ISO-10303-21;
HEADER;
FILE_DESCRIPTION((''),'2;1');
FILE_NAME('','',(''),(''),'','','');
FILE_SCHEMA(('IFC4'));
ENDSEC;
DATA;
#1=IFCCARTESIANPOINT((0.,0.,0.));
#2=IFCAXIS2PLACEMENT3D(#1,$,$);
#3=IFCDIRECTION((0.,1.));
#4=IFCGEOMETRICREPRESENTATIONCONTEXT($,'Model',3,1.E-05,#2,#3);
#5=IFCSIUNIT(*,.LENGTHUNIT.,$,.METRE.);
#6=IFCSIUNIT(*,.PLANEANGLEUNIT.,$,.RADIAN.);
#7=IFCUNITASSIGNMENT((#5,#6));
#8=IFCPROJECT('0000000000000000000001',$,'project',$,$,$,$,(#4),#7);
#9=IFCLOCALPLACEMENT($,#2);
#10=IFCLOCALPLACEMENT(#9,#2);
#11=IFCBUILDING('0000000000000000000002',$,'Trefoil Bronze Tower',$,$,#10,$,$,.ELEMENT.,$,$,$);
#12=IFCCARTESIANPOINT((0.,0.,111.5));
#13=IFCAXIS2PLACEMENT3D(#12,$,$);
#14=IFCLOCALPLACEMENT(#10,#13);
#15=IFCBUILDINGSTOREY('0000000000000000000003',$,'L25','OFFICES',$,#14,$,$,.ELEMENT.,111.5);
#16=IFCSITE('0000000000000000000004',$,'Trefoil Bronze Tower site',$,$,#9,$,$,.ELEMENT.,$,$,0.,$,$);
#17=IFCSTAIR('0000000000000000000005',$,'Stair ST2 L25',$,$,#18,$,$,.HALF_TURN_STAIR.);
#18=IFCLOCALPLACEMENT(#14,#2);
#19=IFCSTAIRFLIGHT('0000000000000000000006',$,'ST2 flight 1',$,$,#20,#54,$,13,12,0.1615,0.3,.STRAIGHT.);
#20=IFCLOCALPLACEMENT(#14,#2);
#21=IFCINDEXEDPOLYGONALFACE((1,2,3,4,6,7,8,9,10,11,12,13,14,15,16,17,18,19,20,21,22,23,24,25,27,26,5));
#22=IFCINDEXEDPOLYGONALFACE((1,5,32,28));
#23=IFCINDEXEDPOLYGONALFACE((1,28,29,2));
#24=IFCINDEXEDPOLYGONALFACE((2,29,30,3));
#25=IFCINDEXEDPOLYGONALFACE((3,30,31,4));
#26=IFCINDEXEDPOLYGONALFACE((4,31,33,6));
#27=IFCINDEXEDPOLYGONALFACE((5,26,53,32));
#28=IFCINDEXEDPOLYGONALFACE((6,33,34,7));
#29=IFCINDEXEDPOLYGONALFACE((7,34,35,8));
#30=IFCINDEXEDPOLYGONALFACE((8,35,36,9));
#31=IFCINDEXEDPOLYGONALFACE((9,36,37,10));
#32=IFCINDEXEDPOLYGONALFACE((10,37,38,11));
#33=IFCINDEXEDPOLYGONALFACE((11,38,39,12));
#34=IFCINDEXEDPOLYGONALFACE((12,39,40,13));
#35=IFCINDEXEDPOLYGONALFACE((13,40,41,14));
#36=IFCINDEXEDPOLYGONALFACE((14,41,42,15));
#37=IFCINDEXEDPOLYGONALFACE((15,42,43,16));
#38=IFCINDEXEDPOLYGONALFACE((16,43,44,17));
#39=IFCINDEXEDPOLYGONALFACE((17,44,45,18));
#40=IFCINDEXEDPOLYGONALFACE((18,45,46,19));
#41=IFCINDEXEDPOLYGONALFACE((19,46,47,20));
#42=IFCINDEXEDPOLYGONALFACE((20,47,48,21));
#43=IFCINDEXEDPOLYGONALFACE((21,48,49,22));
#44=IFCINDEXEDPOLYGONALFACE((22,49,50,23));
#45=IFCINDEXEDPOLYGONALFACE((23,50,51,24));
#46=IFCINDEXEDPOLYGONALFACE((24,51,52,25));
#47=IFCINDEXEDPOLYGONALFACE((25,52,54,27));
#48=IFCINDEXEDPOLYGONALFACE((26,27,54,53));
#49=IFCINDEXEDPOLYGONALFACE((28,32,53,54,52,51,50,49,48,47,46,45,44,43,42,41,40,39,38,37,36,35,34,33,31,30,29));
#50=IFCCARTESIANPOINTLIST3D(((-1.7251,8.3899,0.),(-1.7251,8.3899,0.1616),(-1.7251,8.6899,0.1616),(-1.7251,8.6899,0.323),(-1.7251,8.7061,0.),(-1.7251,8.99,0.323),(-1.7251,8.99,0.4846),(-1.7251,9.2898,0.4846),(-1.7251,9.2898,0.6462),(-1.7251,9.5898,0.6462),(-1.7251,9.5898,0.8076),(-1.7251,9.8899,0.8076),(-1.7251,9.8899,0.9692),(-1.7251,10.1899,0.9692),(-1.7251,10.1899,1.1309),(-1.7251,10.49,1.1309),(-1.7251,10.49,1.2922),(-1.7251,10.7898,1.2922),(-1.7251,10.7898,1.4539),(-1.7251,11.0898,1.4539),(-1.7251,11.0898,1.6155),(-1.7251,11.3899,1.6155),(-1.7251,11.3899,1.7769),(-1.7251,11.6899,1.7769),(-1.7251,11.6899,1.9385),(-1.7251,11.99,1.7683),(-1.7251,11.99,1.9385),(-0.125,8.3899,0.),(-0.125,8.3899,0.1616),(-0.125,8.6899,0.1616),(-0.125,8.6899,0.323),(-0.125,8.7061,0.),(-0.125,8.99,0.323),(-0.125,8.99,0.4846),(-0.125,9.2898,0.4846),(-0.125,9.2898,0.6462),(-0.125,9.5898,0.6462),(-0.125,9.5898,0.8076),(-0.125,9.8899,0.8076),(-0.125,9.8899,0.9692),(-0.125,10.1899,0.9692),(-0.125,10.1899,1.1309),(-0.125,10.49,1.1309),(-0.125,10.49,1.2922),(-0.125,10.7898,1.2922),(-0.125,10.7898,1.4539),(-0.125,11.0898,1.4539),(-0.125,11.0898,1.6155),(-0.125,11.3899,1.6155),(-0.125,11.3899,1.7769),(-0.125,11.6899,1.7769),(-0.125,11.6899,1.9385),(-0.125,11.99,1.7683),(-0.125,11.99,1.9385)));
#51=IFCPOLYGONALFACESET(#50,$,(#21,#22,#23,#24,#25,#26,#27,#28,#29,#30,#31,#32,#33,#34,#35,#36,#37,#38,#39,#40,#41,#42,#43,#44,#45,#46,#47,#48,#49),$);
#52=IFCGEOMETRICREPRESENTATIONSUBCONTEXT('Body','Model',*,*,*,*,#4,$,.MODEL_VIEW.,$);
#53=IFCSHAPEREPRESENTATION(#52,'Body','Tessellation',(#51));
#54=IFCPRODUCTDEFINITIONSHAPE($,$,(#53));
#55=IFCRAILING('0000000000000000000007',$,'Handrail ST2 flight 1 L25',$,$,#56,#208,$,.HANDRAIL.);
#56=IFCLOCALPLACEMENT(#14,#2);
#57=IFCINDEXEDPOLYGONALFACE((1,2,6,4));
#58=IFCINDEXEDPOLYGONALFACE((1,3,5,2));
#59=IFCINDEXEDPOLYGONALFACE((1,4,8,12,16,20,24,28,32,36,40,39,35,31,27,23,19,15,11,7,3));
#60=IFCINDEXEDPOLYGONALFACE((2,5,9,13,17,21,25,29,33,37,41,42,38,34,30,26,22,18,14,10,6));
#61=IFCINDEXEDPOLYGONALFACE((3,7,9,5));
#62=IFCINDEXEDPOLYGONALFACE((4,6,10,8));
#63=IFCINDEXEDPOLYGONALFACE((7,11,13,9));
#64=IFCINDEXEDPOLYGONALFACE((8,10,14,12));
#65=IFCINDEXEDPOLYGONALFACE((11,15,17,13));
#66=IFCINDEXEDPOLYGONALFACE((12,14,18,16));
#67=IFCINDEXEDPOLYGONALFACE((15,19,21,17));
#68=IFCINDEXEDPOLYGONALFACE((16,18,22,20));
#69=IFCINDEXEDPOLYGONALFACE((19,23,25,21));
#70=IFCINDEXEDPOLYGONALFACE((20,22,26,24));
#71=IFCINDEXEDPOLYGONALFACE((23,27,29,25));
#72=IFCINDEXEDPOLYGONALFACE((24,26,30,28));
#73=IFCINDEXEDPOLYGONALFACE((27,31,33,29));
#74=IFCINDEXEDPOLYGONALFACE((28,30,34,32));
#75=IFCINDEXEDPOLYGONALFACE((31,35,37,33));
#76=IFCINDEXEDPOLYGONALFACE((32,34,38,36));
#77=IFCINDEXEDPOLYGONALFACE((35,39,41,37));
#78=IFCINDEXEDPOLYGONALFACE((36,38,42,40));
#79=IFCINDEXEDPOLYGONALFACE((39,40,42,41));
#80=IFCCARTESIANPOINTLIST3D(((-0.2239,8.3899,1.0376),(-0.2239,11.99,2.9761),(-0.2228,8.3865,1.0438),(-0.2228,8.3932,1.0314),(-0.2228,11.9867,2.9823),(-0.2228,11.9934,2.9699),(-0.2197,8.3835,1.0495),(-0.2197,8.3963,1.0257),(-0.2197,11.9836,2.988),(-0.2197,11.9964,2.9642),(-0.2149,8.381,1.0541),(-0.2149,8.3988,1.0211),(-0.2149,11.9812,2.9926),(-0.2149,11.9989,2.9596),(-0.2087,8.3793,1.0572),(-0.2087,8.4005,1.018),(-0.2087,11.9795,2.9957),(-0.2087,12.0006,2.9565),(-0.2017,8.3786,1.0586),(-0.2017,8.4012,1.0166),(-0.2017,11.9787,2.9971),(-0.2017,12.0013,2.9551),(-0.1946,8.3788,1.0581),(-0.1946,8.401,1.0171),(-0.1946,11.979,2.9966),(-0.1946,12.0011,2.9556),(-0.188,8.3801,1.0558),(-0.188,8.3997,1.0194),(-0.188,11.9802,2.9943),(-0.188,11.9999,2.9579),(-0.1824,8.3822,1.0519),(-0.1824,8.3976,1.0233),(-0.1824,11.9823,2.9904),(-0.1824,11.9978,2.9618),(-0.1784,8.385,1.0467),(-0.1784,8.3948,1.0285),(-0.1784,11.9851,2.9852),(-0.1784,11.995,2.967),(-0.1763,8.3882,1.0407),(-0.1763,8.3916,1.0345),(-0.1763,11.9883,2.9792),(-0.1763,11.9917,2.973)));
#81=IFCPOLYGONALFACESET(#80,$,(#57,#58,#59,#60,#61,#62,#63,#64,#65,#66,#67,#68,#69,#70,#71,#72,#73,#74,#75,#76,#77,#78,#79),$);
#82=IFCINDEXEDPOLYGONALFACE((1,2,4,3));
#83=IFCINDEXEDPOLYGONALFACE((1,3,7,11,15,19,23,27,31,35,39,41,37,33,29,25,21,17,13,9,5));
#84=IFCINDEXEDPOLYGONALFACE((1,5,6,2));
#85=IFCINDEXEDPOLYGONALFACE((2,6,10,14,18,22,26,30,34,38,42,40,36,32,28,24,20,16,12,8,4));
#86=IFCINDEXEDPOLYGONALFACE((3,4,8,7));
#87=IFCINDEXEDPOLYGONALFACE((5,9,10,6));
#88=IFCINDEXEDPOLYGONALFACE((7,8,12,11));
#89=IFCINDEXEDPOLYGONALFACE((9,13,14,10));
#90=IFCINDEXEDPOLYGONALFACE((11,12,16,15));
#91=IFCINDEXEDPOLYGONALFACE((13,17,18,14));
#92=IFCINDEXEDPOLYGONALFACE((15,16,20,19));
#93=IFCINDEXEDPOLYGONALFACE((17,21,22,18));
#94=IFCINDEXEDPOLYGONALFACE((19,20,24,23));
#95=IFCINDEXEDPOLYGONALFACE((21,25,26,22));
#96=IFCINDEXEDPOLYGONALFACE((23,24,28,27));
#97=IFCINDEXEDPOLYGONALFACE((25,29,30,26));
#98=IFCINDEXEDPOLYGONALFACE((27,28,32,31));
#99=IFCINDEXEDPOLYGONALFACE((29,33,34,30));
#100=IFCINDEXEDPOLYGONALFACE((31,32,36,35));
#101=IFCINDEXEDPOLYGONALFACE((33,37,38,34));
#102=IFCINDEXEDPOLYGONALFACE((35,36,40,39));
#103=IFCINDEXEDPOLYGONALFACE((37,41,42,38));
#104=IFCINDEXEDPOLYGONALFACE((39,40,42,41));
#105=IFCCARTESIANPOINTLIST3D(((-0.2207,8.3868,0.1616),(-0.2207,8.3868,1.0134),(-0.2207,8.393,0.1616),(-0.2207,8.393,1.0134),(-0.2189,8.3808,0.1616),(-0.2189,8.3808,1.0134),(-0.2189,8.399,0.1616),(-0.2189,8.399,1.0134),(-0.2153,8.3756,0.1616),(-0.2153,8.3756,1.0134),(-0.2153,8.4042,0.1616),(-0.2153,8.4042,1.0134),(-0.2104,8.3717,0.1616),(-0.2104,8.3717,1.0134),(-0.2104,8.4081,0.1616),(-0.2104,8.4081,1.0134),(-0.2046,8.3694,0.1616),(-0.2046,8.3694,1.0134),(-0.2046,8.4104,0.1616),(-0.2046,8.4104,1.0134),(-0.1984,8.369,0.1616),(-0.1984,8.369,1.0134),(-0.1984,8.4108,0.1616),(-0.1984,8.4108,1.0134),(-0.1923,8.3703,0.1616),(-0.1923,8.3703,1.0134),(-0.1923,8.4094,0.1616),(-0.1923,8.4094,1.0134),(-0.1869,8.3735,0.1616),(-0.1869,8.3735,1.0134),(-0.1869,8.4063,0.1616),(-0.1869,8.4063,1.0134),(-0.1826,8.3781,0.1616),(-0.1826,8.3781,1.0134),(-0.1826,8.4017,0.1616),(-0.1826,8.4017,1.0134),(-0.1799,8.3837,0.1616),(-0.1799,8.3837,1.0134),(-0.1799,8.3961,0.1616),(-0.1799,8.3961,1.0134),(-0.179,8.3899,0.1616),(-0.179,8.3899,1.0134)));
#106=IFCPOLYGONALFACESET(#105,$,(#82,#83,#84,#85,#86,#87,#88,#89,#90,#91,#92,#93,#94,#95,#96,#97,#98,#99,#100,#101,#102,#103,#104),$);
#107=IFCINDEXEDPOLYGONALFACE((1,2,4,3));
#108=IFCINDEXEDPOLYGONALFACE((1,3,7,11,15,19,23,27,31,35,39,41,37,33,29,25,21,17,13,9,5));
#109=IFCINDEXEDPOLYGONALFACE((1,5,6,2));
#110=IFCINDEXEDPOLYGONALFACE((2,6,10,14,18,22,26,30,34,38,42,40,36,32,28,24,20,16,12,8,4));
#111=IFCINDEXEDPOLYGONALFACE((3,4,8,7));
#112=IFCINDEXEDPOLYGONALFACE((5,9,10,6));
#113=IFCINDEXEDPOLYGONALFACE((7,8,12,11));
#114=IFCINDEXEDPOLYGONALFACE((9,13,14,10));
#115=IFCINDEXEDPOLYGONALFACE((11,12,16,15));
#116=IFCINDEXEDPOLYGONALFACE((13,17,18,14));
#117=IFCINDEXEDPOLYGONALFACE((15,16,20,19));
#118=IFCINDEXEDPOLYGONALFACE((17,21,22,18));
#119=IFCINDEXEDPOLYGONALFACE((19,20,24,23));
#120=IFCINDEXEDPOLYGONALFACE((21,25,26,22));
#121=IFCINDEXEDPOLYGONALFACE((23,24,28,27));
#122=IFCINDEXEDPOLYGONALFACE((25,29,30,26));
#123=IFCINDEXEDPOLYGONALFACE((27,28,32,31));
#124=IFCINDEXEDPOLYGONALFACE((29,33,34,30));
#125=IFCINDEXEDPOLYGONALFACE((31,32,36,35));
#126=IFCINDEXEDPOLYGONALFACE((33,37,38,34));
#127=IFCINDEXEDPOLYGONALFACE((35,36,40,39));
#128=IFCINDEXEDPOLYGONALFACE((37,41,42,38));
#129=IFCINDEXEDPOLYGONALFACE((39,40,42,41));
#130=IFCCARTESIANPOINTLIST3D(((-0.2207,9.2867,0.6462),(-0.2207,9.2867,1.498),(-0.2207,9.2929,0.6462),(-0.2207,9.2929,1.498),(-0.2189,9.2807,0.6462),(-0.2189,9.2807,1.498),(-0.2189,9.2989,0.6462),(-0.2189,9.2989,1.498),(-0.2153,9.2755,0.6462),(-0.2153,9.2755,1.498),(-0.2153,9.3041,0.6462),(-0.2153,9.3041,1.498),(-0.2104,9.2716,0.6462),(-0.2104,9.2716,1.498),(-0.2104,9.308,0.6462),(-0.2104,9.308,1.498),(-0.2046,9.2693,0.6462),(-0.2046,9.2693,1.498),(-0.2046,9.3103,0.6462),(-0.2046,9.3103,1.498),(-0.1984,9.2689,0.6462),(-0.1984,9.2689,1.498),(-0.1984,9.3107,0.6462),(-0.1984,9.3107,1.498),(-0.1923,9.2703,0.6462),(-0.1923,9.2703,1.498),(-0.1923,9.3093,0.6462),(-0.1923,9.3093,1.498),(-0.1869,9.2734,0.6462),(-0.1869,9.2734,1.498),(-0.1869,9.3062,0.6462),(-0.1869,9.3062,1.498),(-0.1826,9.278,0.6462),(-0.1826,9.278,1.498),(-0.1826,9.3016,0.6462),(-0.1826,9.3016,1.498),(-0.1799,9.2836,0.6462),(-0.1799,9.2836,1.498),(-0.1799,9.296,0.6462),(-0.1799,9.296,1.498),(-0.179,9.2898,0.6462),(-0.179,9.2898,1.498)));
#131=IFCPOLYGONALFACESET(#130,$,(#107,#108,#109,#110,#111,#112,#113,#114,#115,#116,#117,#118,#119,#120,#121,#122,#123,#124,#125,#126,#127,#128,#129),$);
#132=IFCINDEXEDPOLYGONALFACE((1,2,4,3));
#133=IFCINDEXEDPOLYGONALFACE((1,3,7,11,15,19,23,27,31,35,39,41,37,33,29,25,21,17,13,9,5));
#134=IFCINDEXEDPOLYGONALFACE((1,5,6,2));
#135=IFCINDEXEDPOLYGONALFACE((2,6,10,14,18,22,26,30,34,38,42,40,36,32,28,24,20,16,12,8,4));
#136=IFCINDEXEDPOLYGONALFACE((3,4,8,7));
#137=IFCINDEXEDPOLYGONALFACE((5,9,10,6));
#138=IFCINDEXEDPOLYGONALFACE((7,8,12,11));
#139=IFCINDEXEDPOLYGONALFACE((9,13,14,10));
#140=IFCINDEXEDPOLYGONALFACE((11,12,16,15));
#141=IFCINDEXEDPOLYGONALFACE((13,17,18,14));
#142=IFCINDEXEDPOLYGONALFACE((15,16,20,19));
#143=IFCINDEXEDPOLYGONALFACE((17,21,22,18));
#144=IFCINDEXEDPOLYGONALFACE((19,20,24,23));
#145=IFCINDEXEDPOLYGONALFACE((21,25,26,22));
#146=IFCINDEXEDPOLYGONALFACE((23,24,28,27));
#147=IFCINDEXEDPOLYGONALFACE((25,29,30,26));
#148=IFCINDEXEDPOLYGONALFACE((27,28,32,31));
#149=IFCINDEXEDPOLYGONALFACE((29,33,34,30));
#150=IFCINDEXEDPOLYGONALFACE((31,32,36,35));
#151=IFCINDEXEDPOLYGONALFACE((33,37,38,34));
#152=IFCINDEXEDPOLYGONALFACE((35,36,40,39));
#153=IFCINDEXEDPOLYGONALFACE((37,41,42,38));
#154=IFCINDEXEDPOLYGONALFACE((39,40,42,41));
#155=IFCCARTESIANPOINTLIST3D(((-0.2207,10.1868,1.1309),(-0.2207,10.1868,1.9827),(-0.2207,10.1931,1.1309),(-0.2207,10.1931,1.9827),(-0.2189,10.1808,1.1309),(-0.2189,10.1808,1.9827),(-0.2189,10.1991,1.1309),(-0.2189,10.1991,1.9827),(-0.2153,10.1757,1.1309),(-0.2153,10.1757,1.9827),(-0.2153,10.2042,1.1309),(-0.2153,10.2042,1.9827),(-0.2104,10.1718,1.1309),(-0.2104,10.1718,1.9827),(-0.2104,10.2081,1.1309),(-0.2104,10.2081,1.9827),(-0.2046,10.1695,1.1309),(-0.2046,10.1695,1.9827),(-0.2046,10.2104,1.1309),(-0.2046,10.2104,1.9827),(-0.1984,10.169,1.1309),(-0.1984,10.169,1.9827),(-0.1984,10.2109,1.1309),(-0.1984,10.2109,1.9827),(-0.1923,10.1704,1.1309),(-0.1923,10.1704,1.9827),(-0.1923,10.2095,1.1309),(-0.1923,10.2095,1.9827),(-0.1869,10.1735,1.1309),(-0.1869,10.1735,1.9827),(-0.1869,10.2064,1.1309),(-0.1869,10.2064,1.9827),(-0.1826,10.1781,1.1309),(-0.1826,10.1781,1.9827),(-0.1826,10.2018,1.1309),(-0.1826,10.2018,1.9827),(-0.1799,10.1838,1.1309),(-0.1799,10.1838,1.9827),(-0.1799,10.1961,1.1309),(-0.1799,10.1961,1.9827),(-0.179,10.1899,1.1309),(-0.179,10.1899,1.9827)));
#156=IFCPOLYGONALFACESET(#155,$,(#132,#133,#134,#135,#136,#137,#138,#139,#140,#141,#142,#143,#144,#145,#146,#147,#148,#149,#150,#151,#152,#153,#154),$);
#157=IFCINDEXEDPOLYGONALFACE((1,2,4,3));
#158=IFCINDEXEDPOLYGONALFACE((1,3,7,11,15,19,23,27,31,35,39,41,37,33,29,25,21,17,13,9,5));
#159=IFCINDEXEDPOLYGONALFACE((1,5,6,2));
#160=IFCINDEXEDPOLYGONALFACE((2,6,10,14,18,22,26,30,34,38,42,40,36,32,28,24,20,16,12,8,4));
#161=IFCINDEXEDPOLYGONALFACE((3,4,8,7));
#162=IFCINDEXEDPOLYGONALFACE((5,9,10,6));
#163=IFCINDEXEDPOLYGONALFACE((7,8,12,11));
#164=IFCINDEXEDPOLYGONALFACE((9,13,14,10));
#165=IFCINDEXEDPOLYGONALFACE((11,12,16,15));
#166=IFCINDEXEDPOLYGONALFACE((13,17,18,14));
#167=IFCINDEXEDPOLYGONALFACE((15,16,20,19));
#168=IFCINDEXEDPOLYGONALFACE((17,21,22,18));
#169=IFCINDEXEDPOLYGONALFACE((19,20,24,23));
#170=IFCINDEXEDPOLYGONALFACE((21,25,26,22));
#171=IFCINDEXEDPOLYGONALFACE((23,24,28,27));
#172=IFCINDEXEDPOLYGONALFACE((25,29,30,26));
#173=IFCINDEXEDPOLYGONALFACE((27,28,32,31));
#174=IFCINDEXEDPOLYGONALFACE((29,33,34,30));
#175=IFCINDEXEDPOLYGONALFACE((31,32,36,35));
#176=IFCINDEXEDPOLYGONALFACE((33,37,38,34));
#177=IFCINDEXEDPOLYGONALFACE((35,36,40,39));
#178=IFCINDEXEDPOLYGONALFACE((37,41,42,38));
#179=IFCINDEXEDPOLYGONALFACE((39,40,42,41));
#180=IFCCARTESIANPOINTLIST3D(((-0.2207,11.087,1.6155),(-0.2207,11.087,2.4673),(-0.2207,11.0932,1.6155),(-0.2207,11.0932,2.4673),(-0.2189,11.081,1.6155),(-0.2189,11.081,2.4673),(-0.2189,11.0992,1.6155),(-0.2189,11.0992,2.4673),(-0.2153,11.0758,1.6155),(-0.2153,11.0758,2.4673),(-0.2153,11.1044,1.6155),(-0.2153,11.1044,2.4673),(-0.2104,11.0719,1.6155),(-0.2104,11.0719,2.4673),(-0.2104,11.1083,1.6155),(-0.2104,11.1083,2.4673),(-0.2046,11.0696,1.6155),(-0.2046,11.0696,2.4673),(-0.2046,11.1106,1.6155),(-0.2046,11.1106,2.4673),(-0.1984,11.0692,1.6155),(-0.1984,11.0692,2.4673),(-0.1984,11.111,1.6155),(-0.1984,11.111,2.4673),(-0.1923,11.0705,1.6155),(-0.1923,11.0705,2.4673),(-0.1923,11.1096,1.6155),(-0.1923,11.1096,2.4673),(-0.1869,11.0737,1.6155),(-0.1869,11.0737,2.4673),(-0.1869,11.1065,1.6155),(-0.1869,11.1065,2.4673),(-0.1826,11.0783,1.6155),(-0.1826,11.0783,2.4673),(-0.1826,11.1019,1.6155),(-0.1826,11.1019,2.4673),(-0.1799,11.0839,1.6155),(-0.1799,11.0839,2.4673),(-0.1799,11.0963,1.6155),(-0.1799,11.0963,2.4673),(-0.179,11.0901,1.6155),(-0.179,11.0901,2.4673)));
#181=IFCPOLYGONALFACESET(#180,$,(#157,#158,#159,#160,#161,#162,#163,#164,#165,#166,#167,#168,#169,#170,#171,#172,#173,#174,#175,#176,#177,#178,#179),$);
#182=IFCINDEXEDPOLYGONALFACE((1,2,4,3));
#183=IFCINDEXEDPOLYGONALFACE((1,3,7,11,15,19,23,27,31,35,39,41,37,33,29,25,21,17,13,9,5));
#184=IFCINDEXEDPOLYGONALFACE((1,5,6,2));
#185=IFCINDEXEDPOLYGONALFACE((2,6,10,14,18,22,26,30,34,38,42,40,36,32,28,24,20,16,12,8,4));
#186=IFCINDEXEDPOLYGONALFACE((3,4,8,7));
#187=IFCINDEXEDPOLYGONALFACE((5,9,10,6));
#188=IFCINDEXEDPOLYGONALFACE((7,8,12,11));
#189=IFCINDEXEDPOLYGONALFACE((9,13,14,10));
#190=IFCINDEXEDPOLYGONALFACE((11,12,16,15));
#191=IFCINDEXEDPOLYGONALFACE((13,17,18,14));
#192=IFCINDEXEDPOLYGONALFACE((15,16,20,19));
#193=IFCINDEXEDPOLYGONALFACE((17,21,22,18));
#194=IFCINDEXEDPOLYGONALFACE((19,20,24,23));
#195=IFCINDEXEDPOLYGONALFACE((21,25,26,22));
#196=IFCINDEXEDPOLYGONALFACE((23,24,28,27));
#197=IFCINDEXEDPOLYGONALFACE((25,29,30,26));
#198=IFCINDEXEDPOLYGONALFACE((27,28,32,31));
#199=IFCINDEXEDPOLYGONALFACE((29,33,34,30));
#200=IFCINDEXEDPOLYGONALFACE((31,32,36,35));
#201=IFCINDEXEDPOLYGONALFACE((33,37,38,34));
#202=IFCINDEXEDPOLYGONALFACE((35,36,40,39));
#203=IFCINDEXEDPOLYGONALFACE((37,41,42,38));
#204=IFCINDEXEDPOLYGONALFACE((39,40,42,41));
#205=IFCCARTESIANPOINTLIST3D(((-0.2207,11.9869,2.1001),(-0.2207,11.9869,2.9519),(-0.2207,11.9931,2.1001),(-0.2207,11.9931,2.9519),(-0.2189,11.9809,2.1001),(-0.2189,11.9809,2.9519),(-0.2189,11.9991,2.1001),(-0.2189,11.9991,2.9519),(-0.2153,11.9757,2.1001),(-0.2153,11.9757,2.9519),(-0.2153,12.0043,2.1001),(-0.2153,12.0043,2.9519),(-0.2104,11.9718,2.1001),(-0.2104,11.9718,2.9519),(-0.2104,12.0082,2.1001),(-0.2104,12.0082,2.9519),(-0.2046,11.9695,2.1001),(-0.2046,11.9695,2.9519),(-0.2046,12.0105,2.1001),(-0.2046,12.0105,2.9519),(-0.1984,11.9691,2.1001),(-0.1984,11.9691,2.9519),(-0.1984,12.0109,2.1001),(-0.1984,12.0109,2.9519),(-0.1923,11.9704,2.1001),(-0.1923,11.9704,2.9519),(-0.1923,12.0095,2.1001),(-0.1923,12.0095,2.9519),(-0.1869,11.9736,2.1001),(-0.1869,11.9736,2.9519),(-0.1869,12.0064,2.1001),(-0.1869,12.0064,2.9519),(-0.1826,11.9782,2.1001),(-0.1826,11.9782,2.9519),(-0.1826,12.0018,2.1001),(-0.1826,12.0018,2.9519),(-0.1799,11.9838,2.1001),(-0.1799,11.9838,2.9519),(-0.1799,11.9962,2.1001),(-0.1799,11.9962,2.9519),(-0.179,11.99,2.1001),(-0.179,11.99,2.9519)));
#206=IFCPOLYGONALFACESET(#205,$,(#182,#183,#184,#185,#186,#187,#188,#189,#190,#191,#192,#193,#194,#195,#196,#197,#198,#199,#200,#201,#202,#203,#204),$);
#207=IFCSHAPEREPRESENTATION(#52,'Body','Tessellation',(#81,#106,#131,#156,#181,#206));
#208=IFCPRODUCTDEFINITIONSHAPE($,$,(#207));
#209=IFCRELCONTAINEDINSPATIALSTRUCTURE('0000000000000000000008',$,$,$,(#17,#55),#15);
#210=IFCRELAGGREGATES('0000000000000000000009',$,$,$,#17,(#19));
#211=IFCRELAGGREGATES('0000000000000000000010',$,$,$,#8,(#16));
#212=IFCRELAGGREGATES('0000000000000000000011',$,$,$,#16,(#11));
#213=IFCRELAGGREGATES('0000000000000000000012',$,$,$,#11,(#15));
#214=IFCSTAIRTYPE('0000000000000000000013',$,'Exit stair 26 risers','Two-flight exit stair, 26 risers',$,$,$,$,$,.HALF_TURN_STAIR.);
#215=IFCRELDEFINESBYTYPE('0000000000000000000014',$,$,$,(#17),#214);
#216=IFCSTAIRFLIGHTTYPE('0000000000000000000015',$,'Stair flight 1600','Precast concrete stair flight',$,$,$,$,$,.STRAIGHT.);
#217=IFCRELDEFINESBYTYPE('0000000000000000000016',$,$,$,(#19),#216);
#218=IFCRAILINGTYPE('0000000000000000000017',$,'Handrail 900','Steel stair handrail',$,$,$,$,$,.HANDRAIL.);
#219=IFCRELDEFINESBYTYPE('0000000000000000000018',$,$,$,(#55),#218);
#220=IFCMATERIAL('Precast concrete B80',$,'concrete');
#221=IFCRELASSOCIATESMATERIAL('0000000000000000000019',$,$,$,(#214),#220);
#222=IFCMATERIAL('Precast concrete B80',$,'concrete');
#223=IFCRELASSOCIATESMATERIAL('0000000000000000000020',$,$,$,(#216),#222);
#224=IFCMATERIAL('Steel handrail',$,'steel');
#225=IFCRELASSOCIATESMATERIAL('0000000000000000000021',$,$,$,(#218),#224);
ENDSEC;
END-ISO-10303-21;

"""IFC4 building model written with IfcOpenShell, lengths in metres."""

from ifc_helpers import new_model, si_unit, direction, frame, origin, origin_2d, place, context, subcontext, project, spatial, polyline, circle, outline, extrude, material, type_object, element, aggregate, save


model = new_model("IFC4")

# Units and contexts
model_context = context("Model", 3, precision=1e-05, world=origin(), true_north=direction((0.0, 1.0)))
body_context = subcontext(model_context, "Body", "Model", "MODEL_VIEW")
ifc_project = project(units=[si_unit("LENGTHUNIT", "METRE"), si_unit("PLANEANGLEUNIT", "RADIAN")], contexts=[model_context])

# Site, building, storey
site_placement = place(None, origin())
site = spatial("IfcSite", under=ifc_project, at=site_placement, Name="Trefoil Bronze Tower site", CompositionType="ELEMENT", RefElevation=0.0)
building_placement = place(site_placement, origin())
building = spatial("IfcBuilding", under=site, at=building_placement, Name="Trefoil Bronze Tower", CompositionType="ELEMENT")
storey_placement = place(building_placement, frame((0.0, 0.0, 111.5)))
storey = spatial("IfcBuildingStorey", under=building, at=storey_placement, Name="L25", Description="OFFICES", CompositionType="ELEMENT", Elevation=111.5)

# Stair
ifc_material_1 = material(Name="Precast concrete B80", Category="concrete")
stair_type = type_object("IfcStairType", Name="Exit stair 26 risers", Description="Two-flight exit stair, 26 risers", PredefinedType="HALF_TURN_STAIR", material=ifc_material_1)
stair_1_placement = place(storey_placement, origin())
stair_1 = element("IfcStair", 1, at=stair_1_placement, inside=storey, type_object=stair_type, Name="Stair ST2 L25", PredefinedType="HALF_TURN_STAIR")

# Stair flight
ifc_material_2 = material(Name="Precast concrete B80", Category="concrete")
stair_flight_type = type_object("IfcStairFlightType", Name="Stair flight 1600", Description="Precast concrete stair flight", PredefinedType="STRAIGHT", material=ifc_material_2)
stair_flight_placement = place(storey_placement, frame((-0.925, 8.3899, 0.0), z_axis=(0.0, 0.0, 1.0), x_axis=(0.0, 1.0, 0.0)))
stair_flight = element("IfcStairFlight", 2, at=stair_flight_placement, type_object=stair_flight_type, Name="ST2 flight 1", NumberOfRisers=13, NumberOfTreads=12, PredefinedType="STRAIGHT", RiserHeight=0.1615, TreadLength=0.3, context=body_context, shape_type="SweptSolid", body=[
    extrude(outline(polyline([(0.0, 0.0), (0.0, 0.1616), (0.3, 0.1616), (0.3, 0.323), (0.6001, 0.323), (0.6001, 0.4846), (0.8999, 0.4846), (0.8999, 0.6462), (1.2, 0.6462), (1.2, 0.8076), (1.5, 0.8076), (1.5, 0.9692), (1.8, 0.9692), (1.8, 1.1309), (2.1001, 1.1309), (2.1001, 1.2922), (2.3999, 1.2922), (2.3999, 1.4539), (2.7, 1.4539), (2.7, 1.6155), (3.0, 1.6155), (3.0, 1.7769), (3.3, 1.7769), (3.3, 1.9385), (3.6001, 1.9385), (3.6001, 2.1001), (3.6001, 1.7683), (0.3162, 0.0), (0.0, 0.0)])), frame((0.0, 0.8, 0.0), z_axis=(0.0, -1.0, 0.0), x_axis=(1.0, 0.0, 0.0)), (0.0, 0.0, 1.0), 1.6001),
])
aggregate(stair_1, [stair_flight])

# Railing
ifc_material_3 = material(Name="Steel handrail", Category="steel")
railing_type = type_object("IfcRailingType", Name="Handrail 900", Description="Steel stair handrail", PredefinedType="HANDRAIL", material=ifc_material_3)
railing_placement = place(storey_placement, frame((-0.2, 8.3899, 0.1616)))
element("IfcRailing", 3, at=railing_placement, inside=storey, type_object=railing_type, Name="Handrail ST2 flight 1 L25", PredefinedType="HANDRAIL", context=body_context, shape_type="SweptSolid", body=[
    extrude(circle(Radius=0.0239, at=origin_2d()), frame((0.0, 0.0, 0.876), z_axis=(0.0, 0.880475, 0.474093), x_axis=(-1.0, 0.0, 0.0)), (0.0, 0.0, 1.0), 4.0889),
    extrude(circle(Radius=0.021, at=origin_2d()), origin(), (0.0, 0.0, 1.0), 0.8518),
    extrude(circle(Radius=0.021, at=origin_2d()), frame((0.0, 0.8999, 0.4846)), (0.0, 0.0, 1.0), 0.8518),
    extrude(circle(Radius=0.021, at=origin_2d()), frame((0.0, 1.8, 0.9692)), (0.0, 0.0, 1.0), 0.8518),
    extrude(circle(Radius=0.021, at=origin_2d()), frame((0.0, 2.7002, 1.4539)), (0.0, 0.0, 1.0), 0.8518),
    extrude(circle(Radius=0.021, at=origin_2d()), frame((0.0, 3.6001, 1.9385)), (0.0, 0.0, 1.0), 0.8518),
])

save(model, "model.ifc")
